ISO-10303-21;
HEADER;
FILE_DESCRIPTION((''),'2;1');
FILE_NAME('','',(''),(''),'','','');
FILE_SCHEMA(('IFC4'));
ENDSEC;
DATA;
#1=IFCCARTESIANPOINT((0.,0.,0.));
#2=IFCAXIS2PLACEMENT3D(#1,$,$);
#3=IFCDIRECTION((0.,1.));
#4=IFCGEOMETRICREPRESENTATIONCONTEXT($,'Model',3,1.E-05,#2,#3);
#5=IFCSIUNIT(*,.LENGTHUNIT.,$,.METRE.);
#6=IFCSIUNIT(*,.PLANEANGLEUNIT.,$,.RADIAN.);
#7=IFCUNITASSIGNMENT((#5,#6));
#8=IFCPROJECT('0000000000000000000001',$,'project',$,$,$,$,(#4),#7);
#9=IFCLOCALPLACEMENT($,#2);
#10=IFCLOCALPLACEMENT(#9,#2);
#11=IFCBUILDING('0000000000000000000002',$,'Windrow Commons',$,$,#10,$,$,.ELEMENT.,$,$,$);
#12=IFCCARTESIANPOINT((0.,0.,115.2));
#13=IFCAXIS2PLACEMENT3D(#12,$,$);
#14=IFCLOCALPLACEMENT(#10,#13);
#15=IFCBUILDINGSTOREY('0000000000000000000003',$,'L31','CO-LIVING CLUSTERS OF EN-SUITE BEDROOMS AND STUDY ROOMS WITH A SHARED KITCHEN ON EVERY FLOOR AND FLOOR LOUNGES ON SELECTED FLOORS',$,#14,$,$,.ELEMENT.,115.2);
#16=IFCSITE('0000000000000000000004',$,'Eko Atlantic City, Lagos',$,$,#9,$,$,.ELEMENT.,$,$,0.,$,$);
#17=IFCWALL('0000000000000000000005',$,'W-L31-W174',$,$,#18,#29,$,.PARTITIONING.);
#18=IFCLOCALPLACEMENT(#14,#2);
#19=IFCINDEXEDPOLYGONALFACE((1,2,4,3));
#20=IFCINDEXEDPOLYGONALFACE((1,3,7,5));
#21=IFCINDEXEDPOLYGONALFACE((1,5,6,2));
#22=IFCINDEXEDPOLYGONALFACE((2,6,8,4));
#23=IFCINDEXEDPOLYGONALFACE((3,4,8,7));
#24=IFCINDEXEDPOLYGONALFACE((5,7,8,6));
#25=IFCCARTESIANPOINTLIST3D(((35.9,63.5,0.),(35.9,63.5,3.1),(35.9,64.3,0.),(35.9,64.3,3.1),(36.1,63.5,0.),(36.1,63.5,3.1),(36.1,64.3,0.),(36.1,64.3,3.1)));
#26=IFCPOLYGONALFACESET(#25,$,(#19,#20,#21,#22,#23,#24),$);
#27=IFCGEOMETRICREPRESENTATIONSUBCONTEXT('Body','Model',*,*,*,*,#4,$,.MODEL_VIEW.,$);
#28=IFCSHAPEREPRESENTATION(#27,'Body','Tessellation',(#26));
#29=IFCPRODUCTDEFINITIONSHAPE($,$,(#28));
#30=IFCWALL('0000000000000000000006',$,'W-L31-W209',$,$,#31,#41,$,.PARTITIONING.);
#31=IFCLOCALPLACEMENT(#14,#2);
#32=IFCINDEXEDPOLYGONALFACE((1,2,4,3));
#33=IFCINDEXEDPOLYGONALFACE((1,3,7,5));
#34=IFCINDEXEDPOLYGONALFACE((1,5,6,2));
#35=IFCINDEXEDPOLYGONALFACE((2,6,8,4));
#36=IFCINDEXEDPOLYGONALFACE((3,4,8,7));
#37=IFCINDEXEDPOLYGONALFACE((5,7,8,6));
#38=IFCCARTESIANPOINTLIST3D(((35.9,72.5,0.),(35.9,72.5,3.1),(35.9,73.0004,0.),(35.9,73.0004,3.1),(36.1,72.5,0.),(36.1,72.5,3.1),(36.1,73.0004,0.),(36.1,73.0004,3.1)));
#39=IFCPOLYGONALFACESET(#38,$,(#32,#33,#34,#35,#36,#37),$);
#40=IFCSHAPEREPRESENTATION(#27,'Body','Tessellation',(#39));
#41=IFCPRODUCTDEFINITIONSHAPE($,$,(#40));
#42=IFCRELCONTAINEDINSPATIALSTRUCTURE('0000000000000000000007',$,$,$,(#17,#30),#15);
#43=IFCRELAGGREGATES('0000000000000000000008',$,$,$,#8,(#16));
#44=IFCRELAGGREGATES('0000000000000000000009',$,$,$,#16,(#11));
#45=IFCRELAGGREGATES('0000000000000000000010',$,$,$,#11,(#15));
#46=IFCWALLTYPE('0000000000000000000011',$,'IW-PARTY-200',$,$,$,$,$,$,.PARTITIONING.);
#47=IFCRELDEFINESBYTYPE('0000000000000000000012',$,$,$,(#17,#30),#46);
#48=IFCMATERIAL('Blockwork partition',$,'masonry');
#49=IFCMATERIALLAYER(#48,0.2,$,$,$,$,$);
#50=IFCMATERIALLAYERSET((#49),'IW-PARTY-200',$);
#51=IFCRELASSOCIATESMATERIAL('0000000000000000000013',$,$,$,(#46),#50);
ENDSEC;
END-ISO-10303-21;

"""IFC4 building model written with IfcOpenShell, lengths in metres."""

from ifc_helpers import new_model, si_unit, direction, frame, frame_2d, origin, place, context, subcontext, project, spatial, rectangle, extrude, material, layer, layer_set, type_object, element, save


model = new_model("IFC4")

# Units and contexts
model_context = context("Model", 3, precision=1e-05, world=origin(), true_north=direction((0.0, 1.0)))
body_context = subcontext(model_context, "Body", "Model", "MODEL_VIEW")
ifc_project = project(units=[si_unit("LENGTHUNIT", "METRE"), si_unit("PLANEANGLEUNIT", "RADIAN")], contexts=[model_context])

# Site, building, storey
site_placement = place(None, origin())
site = spatial("IfcSite", under=ifc_project, at=site_placement, Name="Eko Atlantic City, Lagos", CompositionType="ELEMENT", RefElevation=0.0)
building_placement = place(site_placement, origin())
building = spatial("IfcBuilding", under=site, at=building_placement, Name="Windrow Commons", CompositionType="ELEMENT")
storey_placement = place(building_placement, frame((0.0, 0.0, 115.2)))
storey = spatial("IfcBuildingStorey", under=building, at=storey_placement, Name="L31", Description="CO-LIVING CLUSTERS OF EN-SUITE BEDROOMS AND STUDY ROOMS WITH A SHARED KITCHEN ON EVERY FLOOR AND FLOOR LOUNGES ON SELECTED FLOORS", CompositionType="ELEMENT", Elevation=115.2)

# Walls
ifc_material_1 = material(Name="Blockwork partition", Category="masonry")
ifc_layer_1 = layer(ifc_material_1, 0.2)
ifc_layer_set_1 = layer_set([ifc_layer_1], Name="IW-PARTY-200")
wall_type_1 = type_object("IfcWallType", Name="IW-PARTY-200", PredefinedType="PARTITIONING", material=ifc_layer_set_1)
wall_1_placement = place(storey_placement, frame((36.0, 63.5, 0.0), z_axis=(0.0, 0.0, 1.0), x_axis=(0.0, 1.0, 0.0)))
element("IfcWall", 1, at=wall_1_placement, inside=storey, type_object=wall_type_1, Name="W-L31-W174", PredefinedType="PARTITIONING", context=body_context, shape_type="SweptSolid", body=[
    extrude(rectangle(XDim=0.8, YDim=0.2, at=frame_2d((0.4, 0.0))), origin(), (0.0, 0.0, 1.0), 3.1),
])
wall_2_placement = place(storey_placement, frame((36.0, 72.5, 0.0), z_axis=(0.0, 0.0, 1.0), x_axis=(0.0, 1.0, 0.0)))
element("IfcWall", 2, at=wall_2_placement, inside=storey, type_object=wall_type_1, Name="W-L31-W209", PredefinedType="PARTITIONING", context=body_context, shape_type="SweptSolid", body=[
    extrude(rectangle(XDim=0.5005, YDim=0.2, at=frame_2d((0.2502, 0.0))), origin(), (0.0, 0.0, 1.0), 3.1),
])

save(model, "model.ifc")
